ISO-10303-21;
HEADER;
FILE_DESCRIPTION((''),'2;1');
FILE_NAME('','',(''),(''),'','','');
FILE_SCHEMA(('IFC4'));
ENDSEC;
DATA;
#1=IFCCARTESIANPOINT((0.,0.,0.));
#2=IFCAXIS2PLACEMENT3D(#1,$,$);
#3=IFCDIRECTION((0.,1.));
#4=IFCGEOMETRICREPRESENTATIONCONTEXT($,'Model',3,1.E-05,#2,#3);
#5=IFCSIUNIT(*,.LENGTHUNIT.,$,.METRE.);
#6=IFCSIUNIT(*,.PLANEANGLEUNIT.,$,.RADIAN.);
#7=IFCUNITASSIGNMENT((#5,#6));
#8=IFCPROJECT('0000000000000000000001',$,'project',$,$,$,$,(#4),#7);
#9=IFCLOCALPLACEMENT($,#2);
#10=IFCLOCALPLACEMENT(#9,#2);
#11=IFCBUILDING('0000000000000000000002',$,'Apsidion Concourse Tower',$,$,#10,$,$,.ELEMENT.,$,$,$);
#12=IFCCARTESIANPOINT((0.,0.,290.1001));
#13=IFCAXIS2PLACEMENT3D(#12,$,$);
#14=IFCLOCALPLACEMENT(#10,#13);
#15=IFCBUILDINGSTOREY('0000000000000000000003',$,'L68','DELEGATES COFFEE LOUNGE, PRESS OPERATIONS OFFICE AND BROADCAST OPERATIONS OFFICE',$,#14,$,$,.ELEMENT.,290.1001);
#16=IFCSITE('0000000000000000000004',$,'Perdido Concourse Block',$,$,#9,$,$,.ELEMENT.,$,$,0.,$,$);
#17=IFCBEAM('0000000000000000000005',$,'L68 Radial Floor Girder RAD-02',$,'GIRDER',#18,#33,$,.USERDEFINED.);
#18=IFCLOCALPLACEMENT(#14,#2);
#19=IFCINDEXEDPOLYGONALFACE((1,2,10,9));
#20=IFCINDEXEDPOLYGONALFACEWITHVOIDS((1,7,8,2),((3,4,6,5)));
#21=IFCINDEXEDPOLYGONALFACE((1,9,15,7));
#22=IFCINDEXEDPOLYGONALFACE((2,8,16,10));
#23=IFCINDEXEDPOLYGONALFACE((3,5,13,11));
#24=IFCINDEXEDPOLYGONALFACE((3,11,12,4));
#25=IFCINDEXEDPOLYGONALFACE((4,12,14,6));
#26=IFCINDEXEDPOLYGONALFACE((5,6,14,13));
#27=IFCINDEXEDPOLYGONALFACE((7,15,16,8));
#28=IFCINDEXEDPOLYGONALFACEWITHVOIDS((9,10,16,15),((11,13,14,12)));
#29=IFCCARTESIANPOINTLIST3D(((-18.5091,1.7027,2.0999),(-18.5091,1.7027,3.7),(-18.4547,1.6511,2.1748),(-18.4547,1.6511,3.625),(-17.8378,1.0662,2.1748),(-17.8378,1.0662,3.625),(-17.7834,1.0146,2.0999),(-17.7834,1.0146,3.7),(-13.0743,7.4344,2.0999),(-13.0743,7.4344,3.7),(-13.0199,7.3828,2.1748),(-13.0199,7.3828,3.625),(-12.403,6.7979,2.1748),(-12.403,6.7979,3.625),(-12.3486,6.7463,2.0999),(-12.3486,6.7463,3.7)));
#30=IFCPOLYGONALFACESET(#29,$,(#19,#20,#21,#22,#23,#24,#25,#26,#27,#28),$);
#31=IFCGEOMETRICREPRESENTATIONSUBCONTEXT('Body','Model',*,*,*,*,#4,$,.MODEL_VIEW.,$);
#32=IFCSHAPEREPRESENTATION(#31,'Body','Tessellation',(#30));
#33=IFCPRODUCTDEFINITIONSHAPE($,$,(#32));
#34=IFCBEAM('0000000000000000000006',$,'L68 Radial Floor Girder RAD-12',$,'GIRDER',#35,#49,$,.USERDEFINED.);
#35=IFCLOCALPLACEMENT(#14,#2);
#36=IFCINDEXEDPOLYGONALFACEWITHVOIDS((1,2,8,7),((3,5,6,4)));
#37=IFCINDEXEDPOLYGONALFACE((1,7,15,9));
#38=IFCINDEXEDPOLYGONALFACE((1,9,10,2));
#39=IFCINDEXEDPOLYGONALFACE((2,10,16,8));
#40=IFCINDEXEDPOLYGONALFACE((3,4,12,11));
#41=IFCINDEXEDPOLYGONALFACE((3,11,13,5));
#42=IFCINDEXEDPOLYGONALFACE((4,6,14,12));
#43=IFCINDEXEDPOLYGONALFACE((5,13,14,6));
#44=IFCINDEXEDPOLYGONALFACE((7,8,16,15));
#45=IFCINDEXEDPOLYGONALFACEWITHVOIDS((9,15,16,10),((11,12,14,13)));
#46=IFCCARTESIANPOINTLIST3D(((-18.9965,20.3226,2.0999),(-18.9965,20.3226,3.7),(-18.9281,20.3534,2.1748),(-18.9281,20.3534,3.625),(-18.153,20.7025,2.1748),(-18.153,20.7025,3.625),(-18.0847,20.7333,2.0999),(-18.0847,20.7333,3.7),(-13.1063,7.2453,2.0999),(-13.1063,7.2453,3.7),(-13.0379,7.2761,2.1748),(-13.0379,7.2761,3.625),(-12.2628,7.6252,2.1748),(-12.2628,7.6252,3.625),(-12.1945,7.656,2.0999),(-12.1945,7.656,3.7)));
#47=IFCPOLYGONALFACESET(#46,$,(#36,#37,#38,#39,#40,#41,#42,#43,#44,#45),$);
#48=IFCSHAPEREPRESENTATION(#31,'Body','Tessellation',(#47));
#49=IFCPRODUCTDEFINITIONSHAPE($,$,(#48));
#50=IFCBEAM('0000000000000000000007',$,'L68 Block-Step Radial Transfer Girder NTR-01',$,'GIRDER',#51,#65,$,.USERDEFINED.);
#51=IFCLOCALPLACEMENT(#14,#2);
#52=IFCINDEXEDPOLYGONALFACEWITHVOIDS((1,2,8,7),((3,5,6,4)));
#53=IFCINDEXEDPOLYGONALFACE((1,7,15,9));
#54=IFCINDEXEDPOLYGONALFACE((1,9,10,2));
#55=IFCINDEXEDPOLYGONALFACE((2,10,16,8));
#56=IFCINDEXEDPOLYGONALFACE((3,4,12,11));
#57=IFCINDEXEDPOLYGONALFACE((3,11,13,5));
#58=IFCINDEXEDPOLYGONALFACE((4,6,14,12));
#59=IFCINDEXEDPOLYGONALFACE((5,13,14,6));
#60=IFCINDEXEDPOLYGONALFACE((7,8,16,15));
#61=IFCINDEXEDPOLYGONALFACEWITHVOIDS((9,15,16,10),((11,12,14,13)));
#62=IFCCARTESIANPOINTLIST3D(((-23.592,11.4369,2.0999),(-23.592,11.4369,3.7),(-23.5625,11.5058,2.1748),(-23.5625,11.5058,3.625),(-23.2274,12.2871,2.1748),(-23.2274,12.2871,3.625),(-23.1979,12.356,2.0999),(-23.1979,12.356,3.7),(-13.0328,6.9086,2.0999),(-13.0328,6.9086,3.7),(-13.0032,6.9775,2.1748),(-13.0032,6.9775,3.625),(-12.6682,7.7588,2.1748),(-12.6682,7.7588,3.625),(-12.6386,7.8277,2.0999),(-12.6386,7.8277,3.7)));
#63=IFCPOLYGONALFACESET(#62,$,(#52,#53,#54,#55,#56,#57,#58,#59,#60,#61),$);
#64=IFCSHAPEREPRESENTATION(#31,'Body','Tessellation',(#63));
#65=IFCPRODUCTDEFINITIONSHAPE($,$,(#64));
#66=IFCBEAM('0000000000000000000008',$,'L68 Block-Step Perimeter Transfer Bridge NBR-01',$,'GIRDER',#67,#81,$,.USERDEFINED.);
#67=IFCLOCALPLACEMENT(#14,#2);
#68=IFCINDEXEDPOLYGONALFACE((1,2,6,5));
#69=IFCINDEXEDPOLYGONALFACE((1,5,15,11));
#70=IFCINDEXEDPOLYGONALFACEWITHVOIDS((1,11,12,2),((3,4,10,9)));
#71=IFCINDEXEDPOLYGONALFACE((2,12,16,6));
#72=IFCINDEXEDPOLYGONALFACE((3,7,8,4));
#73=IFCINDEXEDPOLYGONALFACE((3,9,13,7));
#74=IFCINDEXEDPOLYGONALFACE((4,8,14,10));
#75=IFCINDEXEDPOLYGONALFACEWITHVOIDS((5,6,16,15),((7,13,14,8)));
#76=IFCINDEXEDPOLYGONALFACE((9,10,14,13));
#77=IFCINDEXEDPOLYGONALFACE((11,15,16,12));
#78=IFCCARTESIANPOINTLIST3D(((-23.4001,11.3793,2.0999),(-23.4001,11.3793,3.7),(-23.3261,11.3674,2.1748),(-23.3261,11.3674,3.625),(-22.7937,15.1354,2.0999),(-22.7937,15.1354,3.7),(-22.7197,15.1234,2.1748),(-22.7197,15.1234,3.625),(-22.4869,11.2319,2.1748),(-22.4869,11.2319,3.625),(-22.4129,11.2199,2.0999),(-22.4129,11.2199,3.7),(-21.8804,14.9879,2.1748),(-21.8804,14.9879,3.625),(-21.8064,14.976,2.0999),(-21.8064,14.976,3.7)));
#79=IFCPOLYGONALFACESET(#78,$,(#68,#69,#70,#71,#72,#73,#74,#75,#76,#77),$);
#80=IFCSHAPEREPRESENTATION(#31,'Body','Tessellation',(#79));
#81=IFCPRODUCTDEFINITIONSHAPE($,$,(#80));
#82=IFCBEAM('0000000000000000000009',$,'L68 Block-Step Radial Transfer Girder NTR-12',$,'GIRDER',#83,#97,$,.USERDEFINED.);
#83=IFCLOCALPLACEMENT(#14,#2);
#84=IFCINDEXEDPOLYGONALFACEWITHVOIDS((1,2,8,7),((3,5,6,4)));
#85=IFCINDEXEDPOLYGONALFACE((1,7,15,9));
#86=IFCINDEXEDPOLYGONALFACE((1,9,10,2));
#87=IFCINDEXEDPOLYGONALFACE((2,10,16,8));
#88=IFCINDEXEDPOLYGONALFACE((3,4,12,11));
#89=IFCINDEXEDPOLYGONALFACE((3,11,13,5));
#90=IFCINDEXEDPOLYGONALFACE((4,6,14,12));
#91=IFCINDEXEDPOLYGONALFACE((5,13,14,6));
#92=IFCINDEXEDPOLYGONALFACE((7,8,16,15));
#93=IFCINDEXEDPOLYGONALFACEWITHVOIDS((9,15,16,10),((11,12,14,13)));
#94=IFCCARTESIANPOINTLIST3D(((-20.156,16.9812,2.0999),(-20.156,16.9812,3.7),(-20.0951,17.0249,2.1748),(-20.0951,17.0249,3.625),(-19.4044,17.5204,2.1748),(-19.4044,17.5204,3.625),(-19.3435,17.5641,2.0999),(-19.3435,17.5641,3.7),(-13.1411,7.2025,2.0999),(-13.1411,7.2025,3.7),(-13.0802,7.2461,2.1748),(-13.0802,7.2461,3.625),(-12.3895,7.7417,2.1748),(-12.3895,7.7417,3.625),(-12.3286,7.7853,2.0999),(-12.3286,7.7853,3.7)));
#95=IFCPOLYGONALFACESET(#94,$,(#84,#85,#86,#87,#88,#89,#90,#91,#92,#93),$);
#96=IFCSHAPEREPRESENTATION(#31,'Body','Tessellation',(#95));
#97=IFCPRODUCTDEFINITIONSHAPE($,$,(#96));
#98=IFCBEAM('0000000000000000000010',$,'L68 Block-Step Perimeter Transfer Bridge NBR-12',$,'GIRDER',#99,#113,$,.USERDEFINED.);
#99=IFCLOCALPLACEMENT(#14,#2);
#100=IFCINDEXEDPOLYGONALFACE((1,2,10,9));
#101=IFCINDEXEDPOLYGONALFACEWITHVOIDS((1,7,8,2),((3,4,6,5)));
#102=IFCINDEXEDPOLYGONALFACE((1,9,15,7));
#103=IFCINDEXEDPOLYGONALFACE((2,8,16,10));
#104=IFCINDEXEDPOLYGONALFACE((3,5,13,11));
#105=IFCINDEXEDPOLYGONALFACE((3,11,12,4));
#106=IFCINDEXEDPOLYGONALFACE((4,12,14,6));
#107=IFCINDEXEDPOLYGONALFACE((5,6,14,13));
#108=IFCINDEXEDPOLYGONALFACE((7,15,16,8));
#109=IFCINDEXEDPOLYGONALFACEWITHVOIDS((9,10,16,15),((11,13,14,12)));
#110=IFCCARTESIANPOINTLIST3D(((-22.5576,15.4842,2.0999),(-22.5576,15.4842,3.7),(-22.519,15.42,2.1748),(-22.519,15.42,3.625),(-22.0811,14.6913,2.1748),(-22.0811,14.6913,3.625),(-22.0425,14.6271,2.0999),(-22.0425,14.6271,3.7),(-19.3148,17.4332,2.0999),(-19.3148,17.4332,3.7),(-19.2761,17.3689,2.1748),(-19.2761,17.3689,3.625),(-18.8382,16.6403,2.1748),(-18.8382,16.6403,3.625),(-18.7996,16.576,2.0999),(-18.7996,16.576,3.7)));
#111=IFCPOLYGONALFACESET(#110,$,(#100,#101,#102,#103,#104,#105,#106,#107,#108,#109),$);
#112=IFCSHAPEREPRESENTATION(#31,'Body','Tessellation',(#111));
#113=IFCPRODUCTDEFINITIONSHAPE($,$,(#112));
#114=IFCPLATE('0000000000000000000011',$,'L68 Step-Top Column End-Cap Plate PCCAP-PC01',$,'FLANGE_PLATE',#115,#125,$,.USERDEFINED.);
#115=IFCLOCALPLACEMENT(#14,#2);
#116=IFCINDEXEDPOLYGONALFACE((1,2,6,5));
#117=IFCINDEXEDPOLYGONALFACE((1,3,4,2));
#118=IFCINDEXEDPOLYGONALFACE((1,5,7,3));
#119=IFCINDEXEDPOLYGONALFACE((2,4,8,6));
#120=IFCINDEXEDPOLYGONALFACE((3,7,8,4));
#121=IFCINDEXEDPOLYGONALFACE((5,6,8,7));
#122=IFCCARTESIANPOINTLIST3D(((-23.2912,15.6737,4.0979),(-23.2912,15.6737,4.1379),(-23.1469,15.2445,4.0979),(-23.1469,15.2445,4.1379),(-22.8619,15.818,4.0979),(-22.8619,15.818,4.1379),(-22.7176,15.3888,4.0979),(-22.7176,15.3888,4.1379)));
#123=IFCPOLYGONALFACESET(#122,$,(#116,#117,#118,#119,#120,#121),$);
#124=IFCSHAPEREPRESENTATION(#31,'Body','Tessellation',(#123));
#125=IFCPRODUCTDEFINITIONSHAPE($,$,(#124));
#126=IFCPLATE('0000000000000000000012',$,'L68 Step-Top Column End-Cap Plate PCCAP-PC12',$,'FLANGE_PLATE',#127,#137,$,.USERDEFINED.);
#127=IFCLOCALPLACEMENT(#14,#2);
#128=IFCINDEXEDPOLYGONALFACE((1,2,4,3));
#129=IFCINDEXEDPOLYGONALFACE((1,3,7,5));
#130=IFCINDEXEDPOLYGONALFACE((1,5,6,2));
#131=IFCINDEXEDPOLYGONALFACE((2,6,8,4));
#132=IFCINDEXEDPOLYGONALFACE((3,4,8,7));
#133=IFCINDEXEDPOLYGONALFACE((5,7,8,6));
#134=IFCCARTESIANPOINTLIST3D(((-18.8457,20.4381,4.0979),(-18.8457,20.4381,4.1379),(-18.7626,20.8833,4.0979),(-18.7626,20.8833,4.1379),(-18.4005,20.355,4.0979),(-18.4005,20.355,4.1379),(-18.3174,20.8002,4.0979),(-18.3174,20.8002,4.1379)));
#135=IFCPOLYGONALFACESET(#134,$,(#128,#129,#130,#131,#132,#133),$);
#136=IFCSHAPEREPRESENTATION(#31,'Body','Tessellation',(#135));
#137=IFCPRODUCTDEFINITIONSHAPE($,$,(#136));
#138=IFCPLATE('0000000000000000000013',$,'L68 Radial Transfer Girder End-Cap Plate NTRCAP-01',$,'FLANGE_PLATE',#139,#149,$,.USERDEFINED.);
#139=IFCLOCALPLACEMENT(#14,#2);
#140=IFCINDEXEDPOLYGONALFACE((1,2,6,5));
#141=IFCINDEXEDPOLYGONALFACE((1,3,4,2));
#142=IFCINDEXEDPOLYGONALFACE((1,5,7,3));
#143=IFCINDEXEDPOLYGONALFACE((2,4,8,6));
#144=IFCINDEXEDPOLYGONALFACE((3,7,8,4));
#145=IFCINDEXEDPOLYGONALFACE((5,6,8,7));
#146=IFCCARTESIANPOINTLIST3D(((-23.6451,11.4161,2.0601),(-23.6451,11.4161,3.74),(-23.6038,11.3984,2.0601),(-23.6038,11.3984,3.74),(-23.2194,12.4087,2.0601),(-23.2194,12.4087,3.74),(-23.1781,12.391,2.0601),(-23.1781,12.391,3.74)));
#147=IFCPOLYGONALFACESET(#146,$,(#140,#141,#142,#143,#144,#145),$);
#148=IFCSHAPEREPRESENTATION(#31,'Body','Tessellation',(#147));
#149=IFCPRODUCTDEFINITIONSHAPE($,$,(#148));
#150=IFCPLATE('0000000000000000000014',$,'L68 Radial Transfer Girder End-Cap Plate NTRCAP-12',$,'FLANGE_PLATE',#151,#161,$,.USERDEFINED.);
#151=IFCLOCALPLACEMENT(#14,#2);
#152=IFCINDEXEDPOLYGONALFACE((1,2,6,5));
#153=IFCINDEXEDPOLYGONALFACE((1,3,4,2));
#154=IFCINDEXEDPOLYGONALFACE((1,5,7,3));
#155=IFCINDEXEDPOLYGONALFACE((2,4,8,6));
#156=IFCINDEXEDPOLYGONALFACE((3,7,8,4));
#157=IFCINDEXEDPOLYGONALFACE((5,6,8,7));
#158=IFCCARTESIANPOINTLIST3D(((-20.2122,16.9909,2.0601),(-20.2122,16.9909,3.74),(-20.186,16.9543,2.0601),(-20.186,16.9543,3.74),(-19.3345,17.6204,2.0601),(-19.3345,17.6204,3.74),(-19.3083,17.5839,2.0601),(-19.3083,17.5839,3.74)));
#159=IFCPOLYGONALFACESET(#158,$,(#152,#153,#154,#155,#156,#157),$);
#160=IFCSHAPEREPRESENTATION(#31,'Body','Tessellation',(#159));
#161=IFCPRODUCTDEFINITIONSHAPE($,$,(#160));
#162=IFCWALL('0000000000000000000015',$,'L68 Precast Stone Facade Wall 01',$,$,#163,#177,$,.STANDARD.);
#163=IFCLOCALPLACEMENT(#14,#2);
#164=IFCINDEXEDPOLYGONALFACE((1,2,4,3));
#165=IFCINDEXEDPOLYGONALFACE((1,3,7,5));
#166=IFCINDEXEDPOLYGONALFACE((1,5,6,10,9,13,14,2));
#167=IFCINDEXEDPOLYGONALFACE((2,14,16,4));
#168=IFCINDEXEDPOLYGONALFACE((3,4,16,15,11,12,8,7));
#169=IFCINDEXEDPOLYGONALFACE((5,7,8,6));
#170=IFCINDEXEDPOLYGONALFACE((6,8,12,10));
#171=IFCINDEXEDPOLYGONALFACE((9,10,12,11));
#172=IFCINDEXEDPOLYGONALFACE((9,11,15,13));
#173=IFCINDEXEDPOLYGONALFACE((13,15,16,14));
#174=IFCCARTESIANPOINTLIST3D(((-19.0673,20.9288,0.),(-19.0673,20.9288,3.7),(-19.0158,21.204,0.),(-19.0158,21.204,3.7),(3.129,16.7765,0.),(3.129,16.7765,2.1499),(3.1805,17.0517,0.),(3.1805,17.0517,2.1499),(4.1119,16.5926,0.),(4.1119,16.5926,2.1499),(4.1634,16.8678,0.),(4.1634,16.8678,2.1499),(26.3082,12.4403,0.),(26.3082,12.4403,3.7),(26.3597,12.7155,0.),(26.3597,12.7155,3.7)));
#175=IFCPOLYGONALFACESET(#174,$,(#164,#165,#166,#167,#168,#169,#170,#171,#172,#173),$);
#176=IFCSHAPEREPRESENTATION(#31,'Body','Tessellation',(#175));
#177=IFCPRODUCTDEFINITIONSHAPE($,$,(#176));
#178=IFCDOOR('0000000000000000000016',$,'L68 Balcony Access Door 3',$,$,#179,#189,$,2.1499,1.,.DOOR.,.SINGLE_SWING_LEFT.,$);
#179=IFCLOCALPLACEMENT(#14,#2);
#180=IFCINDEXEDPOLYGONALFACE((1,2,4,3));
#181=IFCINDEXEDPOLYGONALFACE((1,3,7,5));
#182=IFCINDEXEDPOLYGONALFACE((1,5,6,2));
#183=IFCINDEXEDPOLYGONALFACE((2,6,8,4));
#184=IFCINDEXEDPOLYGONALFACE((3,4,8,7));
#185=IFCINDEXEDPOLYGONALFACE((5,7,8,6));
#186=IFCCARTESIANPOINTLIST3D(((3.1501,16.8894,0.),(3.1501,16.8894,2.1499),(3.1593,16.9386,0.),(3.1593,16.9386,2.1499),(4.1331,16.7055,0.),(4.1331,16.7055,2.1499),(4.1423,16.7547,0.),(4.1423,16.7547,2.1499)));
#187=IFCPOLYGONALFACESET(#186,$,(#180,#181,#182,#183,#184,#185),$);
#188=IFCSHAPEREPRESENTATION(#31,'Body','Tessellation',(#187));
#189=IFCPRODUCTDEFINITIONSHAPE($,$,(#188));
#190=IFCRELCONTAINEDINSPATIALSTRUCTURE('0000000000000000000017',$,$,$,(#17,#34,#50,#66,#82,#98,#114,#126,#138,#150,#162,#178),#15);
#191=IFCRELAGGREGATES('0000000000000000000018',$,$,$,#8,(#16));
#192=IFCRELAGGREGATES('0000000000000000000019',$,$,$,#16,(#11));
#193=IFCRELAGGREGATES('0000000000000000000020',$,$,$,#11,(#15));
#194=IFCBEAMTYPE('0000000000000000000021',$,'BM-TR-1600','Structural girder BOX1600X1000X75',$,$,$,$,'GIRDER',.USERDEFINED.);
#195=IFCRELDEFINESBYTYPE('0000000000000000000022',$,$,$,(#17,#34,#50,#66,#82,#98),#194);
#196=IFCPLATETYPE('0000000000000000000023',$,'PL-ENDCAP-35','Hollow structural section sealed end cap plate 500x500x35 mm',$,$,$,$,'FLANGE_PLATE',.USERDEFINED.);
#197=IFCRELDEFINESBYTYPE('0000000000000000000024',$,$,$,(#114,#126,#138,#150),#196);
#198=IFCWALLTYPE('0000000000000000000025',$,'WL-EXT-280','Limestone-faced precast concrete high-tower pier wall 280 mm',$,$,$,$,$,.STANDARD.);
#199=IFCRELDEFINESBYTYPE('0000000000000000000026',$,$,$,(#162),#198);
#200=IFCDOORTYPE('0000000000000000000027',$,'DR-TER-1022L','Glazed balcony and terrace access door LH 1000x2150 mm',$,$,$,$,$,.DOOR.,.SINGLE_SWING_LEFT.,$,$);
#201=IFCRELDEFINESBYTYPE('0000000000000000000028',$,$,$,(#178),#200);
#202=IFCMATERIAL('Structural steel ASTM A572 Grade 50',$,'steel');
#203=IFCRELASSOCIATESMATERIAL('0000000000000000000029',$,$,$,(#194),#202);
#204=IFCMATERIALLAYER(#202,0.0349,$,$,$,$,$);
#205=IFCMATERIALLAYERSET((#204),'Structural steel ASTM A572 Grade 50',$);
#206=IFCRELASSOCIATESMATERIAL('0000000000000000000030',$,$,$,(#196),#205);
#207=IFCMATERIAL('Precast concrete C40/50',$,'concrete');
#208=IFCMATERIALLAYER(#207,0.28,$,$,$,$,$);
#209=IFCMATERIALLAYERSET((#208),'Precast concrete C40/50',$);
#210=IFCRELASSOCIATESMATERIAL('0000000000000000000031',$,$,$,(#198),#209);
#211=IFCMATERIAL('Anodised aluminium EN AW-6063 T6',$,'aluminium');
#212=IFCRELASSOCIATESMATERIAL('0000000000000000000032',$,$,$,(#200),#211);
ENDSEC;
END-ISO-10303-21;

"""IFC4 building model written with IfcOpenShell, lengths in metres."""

from ifc_helpers import new_model, si_unit, direction, frame, frame_2d, origin, origin_2d, place, context, subcontext, project, spatial, rectangle, hollow_rectangle, extrude, material, layer, layer_set, material_profile, profile_set, type_object, element, fill, save


model = new_model("IFC4")

# Units and contexts
model_context = context("Model", 3, precision=1e-05, world=origin(), true_north=direction((0.0, 1.0)))
body_context = subcontext(model_context, "Body", "Model", "MODEL_VIEW")
ifc_project = project(units=[si_unit("LENGTHUNIT", "METRE"), si_unit("PLANEANGLEUNIT", "RADIAN")], contexts=[model_context])

# Site, building, storey
site_placement = place(None, origin())
site = spatial("IfcSite", under=ifc_project, at=site_placement, Name="Perdido Concourse Block", CompositionType="ELEMENT", RefElevation=0.0)
building_placement = place(site_placement, origin())
building = spatial("IfcBuilding", under=site, at=building_placement, Name="Apsidion Concourse Tower", CompositionType="ELEMENT")
storey_placement = place(building_placement, frame((0.0, 0.0, 290.1001)))
storey = spatial("IfcBuildingStorey", under=building, at=storey_placement, Name="L68", Description="DELEGATES COFFEE LOUNGE, PRESS OPERATIONS OFFICE AND BROADCAST OPERATIONS OFFICE", CompositionType="ELEMENT", Elevation=290.1001)

# Beams
ifc_material_1 = material(Name="Structural steel ASTM A572 Grade 50", Category="steel")
ifc_material_profile_1 = material_profile(ifc_material_1, hollow_rectangle(XDim=1.0, YDim=1.6001, WallThickness=0.075, at=origin_2d()), Name="BOX1600X1000X75")
ifc_profile_set_1 = profile_set([ifc_material_profile_1], Name="Structural steel ASTM A572 Grade 50")
beam_type_1 = type_object("IfcBeamType", Name="BM-TR-1600", Description="Structural girder BOX1600X1000X75", ElementType="GIRDER", PredefinedType="USERDEFINED", material=ifc_profile_set_1)
beam_1_placement = place(storey_placement, frame((-12.7114, 7.0903, 2.8999), z_axis=(-0.688064, -0.72565, 0.0), x_axis=(0.72565, -0.688064, 0.0)))
element("IfcBeam", 1, at=beam_1_placement, inside=storey, type_object=beam_type_1, Name="L68 Radial Floor Girder RAD-02", ObjectType="GIRDER", PredefinedType="USERDEFINED", context=body_context, shape_type="SweptSolid", body=[
    extrude(hollow_rectangle(XDim=1.0, YDim=1.6001, WallThickness=0.075, at=origin_2d()), origin(), (0.0, 0.0, 1.0), 7.8987),
])
beam_2_placement = place(storey_placement, frame((-12.6504, 7.4507, 2.8999), z_axis=(-0.410679, 0.91178, 0.0), x_axis=(-0.91178, -0.410679, 0.0)))
element("IfcBeam", 2, at=beam_2_placement, inside=storey, type_object=beam_type_1, Name="L68 Radial Floor Girder RAD-12", ObjectType="GIRDER", PredefinedType="USERDEFINED", context=body_context, shape_type="SweptSolid", body=[
    extrude(hollow_rectangle(XDim=1.0, YDim=1.6001, WallThickness=0.075, at=origin_2d()), origin(), (0.0, 0.0, 1.0), 14.3425),
])
beam_3_placement = place(storey_placement, frame((-12.8357, 7.3682, 2.8999), z_axis=(-0.919054, 0.394132, 0.0), x_axis=(-0.394132, -0.919054, 0.0)))
element("IfcBeam", 3, at=beam_3_placement, inside=storey, type_object=beam_type_1, Name="L68 Block-Step Radial Transfer Girder NTR-01", ObjectType="GIRDER", PredefinedType="USERDEFINED", context=body_context, shape_type="SweptSolid", body=[
    extrude(hollow_rectangle(XDim=1.0, YDim=1.6001, WallThickness=0.075, at=origin_2d()), origin(), (0.0, 0.0, 1.0), 11.4893),
])
beam_4_placement = place(storey_placement, frame((-22.3, 15.0557, 2.8999), z_axis=(-0.159392, -0.987215, 0.0), x_axis=(0.987215, -0.159392, 0.0)))
element("IfcBeam", 4, at=beam_4_placement, inside=storey, type_object=beam_type_1, Name="L68 Block-Step Perimeter Transfer Bridge NBR-01", ObjectType="GIRDER", PredefinedType="USERDEFINED", context=body_context, shape_type="SweptSolid", body=[
    extrude(hollow_rectangle(XDim=1.0, YDim=1.6001, WallThickness=0.075, at=origin_2d()), origin(), (0.0, 0.0, 1.0), 3.8047),
])
beam_5_placement = place(storey_placement, frame((-12.7349, 7.4939, 2.8999), z_axis=(-0.582889, 0.812552, 0.0), x_axis=(-0.812552, -0.582889, 0.0)))
element("IfcBeam", 5, at=beam_5_placement, inside=storey, type_object=beam_type_1, Name="L68 Block-Step Radial Transfer Girder NTR-12", ObjectType="GIRDER", PredefinedType="USERDEFINED", context=body_context, shape_type="SweptSolid", body=[
    extrude(hollow_rectangle(XDim=1.0, YDim=1.6001, WallThickness=0.075, at=origin_2d()), origin(), (0.0, 0.0, 1.0), 12.0347),
])
beam_6_placement = place(storey_placement, frame((-22.3, 15.0557, 2.8999), z_axis=(0.857117, 0.515122, 0.0), x_axis=(-0.515122, 0.857117, 0.0)))
element("IfcBeam", 6, at=beam_6_placement, inside=storey, type_object=beam_type_1, Name="L68 Block-Step Perimeter Transfer Bridge NBR-12", ObjectType="GIRDER", PredefinedType="USERDEFINED", context=body_context, shape_type="SweptSolid", body=[
    extrude(hollow_rectangle(XDim=1.0, YDim=1.6001, WallThickness=0.075, at=origin_2d()), origin(), (0.0, 0.0, 1.0), 3.7834),
])

# Plates
ifc_layer_1 = layer(ifc_material_1, 0.0349)
ifc_layer_set_1 = layer_set([ifc_layer_1], Name="Structural steel ASTM A572 Grade 50")
plate_type = type_object("IfcPlateType", Name="PL-ENDCAP-35", Description="Hollow structural section sealed end cap plate 500x500x35 mm", ElementType="FLANGE_PLATE", PredefinedType="USERDEFINED", material=ifc_layer_set_1)
for number, where, z_axis, x_axis, name in (
    (7, (-23.0044, 15.5312, 4.0979), (0.0, 0.0, 1.0), (-0.318628, 0.94788, 0.0), "L68 Step-Top Column End-Cap Plate PCCAP-PC01"),
    (8, (-18.5815, 20.6191, 4.0979), (0.0, 0.0, 1.0), (-0.983, 0.183608, 0.0), "L68 Step-Top Column End-Cap Plate PCCAP-PC12"),
):
    element("IfcPlate", number, at=place(storey_placement, frame(where, z_axis=z_axis, x_axis=x_axis)), inside=storey, type_object=plate_type, Name=name, ObjectType="FLANGE_PLATE", PredefinedType="USERDEFINED", context=body_context, shape_type="SweptSolid", body=[
        extrude(rectangle(XDim=0.4529, YDim=0.4529, at=origin_2d()), origin(), (0.0, 0.0, 1.0), 0.04),
    ])
for number, where, z_axis, x_axis, name in (
    (9, (-23.4116, 11.9036, 2.0601), (0.0, 0.0, 1.0), (-0.919067, 0.394102, 0.0), "L68 Radial Transfer Girder End-Cap Plate NTRCAP-01"),
    (10, (-19.7603, 17.2874, 2.0601), (0.0, 0.0, 1.0), (-0.582832, 0.812592, 0.0), "L68 Radial Transfer Girder End-Cap Plate NTRCAP-12"),
):
    element("IfcPlate", number, at=place(storey_placement, frame(where, z_axis=z_axis, x_axis=x_axis)), inside=storey, type_object=plate_type, Name=name, ObjectType="FLANGE_PLATE", PredefinedType="USERDEFINED", context=body_context, shape_type="SweptSolid", body=[
        extrude(rectangle(XDim=0.0449, YDim=1.0801, at=origin_2d()), origin(), (0.0, 0.0, 1.0), 1.6799),
    ])

# Wall, opening, door
ifc_material_2 = material(Name="Precast concrete C40/50", Category="concrete")
ifc_layer_2 = layer(ifc_material_2, 0.28)
ifc_layer_set_2 = layer_set([ifc_layer_2], Name="Precast concrete C40/50")
wall_type_1 = type_object("IfcWallType", Name="WL-EXT-280", Description="Limestone-faced precast concrete high-tower pier wall 280 mm", PredefinedType="STANDARD", material=ifc_layer_set_2)
wall_1_placement = place(storey_placement, frame((-19.0415, 21.0664, 0.0), z_axis=(0.0, 0.0, 1.0), x_axis=(0.982948, -0.183883, 0.0)))
wall_1 = element("IfcWall", 11, at=wall_1_placement, inside=storey, type_object=wall_type_1, Name="L68 Precast Stone Facade Wall 01", PredefinedType="STANDARD", context=body_context, shape_type="SweptSolid", body=[
    extrude(rectangle(XDim=46.1626, YDim=0.28, at=frame_2d((23.0813, 0.0))), origin(), (0.0, 0.0, 1.0), 3.7),
])
opening_1_placement = place(wall_1_placement, frame((22.5813, 0.0, 0.0)))
opening_1 = element("IfcOpeningElement", 12, at=opening_1_placement, cuts=wall_1, PredefinedType="OPENING", context=body_context, shape_type="SweptSolid", body=[
    extrude(rectangle(XDim=1.0, YDim=2.1499, at=frame_2d((0.5, 1.075))), frame((0.0, 0.1499, 0.0), z_axis=(0.0, -1.0, 0.0), x_axis=(1.0, 0.0, 0.0)), (0.0, 0.0, 1.0), 0.3),
])
ifc_material_3 = material(Name="Anodised aluminium EN AW-6063 T6", Category="aluminium")
door_type_1 = type_object("IfcDoorType", Name="DR-TER-1022L", Description="Glazed balcony and terrace access door LH 1000x2150 mm", OperationType="SINGLE_SWING_LEFT", PredefinedType="DOOR", material=ifc_material_3)
door_1_placement = place(opening_1_placement, origin())
door_1 = element("IfcDoor", 13, at=door_1_placement, inside=storey, type_object=door_type_1, Name="L68 Balcony Access Door 3", OperationType="SINGLE_SWING_LEFT", OverallHeight=2.1499, OverallWidth=1.0, PredefinedType="DOOR", context=body_context, shape_type="SweptSolid", body=[
    extrude(rectangle(XDim=1.0, YDim=2.1499, at=frame_2d((0.5, 1.075))), frame((0.0, 0.0249, 0.0), z_axis=(0.0, -1.0, 0.0), x_axis=(1.0, 0.0, 0.0)), (0.0, 0.0, 1.0), 0.05),
])
fill(opening_1, door_1)

save(model, "model.ifc")
